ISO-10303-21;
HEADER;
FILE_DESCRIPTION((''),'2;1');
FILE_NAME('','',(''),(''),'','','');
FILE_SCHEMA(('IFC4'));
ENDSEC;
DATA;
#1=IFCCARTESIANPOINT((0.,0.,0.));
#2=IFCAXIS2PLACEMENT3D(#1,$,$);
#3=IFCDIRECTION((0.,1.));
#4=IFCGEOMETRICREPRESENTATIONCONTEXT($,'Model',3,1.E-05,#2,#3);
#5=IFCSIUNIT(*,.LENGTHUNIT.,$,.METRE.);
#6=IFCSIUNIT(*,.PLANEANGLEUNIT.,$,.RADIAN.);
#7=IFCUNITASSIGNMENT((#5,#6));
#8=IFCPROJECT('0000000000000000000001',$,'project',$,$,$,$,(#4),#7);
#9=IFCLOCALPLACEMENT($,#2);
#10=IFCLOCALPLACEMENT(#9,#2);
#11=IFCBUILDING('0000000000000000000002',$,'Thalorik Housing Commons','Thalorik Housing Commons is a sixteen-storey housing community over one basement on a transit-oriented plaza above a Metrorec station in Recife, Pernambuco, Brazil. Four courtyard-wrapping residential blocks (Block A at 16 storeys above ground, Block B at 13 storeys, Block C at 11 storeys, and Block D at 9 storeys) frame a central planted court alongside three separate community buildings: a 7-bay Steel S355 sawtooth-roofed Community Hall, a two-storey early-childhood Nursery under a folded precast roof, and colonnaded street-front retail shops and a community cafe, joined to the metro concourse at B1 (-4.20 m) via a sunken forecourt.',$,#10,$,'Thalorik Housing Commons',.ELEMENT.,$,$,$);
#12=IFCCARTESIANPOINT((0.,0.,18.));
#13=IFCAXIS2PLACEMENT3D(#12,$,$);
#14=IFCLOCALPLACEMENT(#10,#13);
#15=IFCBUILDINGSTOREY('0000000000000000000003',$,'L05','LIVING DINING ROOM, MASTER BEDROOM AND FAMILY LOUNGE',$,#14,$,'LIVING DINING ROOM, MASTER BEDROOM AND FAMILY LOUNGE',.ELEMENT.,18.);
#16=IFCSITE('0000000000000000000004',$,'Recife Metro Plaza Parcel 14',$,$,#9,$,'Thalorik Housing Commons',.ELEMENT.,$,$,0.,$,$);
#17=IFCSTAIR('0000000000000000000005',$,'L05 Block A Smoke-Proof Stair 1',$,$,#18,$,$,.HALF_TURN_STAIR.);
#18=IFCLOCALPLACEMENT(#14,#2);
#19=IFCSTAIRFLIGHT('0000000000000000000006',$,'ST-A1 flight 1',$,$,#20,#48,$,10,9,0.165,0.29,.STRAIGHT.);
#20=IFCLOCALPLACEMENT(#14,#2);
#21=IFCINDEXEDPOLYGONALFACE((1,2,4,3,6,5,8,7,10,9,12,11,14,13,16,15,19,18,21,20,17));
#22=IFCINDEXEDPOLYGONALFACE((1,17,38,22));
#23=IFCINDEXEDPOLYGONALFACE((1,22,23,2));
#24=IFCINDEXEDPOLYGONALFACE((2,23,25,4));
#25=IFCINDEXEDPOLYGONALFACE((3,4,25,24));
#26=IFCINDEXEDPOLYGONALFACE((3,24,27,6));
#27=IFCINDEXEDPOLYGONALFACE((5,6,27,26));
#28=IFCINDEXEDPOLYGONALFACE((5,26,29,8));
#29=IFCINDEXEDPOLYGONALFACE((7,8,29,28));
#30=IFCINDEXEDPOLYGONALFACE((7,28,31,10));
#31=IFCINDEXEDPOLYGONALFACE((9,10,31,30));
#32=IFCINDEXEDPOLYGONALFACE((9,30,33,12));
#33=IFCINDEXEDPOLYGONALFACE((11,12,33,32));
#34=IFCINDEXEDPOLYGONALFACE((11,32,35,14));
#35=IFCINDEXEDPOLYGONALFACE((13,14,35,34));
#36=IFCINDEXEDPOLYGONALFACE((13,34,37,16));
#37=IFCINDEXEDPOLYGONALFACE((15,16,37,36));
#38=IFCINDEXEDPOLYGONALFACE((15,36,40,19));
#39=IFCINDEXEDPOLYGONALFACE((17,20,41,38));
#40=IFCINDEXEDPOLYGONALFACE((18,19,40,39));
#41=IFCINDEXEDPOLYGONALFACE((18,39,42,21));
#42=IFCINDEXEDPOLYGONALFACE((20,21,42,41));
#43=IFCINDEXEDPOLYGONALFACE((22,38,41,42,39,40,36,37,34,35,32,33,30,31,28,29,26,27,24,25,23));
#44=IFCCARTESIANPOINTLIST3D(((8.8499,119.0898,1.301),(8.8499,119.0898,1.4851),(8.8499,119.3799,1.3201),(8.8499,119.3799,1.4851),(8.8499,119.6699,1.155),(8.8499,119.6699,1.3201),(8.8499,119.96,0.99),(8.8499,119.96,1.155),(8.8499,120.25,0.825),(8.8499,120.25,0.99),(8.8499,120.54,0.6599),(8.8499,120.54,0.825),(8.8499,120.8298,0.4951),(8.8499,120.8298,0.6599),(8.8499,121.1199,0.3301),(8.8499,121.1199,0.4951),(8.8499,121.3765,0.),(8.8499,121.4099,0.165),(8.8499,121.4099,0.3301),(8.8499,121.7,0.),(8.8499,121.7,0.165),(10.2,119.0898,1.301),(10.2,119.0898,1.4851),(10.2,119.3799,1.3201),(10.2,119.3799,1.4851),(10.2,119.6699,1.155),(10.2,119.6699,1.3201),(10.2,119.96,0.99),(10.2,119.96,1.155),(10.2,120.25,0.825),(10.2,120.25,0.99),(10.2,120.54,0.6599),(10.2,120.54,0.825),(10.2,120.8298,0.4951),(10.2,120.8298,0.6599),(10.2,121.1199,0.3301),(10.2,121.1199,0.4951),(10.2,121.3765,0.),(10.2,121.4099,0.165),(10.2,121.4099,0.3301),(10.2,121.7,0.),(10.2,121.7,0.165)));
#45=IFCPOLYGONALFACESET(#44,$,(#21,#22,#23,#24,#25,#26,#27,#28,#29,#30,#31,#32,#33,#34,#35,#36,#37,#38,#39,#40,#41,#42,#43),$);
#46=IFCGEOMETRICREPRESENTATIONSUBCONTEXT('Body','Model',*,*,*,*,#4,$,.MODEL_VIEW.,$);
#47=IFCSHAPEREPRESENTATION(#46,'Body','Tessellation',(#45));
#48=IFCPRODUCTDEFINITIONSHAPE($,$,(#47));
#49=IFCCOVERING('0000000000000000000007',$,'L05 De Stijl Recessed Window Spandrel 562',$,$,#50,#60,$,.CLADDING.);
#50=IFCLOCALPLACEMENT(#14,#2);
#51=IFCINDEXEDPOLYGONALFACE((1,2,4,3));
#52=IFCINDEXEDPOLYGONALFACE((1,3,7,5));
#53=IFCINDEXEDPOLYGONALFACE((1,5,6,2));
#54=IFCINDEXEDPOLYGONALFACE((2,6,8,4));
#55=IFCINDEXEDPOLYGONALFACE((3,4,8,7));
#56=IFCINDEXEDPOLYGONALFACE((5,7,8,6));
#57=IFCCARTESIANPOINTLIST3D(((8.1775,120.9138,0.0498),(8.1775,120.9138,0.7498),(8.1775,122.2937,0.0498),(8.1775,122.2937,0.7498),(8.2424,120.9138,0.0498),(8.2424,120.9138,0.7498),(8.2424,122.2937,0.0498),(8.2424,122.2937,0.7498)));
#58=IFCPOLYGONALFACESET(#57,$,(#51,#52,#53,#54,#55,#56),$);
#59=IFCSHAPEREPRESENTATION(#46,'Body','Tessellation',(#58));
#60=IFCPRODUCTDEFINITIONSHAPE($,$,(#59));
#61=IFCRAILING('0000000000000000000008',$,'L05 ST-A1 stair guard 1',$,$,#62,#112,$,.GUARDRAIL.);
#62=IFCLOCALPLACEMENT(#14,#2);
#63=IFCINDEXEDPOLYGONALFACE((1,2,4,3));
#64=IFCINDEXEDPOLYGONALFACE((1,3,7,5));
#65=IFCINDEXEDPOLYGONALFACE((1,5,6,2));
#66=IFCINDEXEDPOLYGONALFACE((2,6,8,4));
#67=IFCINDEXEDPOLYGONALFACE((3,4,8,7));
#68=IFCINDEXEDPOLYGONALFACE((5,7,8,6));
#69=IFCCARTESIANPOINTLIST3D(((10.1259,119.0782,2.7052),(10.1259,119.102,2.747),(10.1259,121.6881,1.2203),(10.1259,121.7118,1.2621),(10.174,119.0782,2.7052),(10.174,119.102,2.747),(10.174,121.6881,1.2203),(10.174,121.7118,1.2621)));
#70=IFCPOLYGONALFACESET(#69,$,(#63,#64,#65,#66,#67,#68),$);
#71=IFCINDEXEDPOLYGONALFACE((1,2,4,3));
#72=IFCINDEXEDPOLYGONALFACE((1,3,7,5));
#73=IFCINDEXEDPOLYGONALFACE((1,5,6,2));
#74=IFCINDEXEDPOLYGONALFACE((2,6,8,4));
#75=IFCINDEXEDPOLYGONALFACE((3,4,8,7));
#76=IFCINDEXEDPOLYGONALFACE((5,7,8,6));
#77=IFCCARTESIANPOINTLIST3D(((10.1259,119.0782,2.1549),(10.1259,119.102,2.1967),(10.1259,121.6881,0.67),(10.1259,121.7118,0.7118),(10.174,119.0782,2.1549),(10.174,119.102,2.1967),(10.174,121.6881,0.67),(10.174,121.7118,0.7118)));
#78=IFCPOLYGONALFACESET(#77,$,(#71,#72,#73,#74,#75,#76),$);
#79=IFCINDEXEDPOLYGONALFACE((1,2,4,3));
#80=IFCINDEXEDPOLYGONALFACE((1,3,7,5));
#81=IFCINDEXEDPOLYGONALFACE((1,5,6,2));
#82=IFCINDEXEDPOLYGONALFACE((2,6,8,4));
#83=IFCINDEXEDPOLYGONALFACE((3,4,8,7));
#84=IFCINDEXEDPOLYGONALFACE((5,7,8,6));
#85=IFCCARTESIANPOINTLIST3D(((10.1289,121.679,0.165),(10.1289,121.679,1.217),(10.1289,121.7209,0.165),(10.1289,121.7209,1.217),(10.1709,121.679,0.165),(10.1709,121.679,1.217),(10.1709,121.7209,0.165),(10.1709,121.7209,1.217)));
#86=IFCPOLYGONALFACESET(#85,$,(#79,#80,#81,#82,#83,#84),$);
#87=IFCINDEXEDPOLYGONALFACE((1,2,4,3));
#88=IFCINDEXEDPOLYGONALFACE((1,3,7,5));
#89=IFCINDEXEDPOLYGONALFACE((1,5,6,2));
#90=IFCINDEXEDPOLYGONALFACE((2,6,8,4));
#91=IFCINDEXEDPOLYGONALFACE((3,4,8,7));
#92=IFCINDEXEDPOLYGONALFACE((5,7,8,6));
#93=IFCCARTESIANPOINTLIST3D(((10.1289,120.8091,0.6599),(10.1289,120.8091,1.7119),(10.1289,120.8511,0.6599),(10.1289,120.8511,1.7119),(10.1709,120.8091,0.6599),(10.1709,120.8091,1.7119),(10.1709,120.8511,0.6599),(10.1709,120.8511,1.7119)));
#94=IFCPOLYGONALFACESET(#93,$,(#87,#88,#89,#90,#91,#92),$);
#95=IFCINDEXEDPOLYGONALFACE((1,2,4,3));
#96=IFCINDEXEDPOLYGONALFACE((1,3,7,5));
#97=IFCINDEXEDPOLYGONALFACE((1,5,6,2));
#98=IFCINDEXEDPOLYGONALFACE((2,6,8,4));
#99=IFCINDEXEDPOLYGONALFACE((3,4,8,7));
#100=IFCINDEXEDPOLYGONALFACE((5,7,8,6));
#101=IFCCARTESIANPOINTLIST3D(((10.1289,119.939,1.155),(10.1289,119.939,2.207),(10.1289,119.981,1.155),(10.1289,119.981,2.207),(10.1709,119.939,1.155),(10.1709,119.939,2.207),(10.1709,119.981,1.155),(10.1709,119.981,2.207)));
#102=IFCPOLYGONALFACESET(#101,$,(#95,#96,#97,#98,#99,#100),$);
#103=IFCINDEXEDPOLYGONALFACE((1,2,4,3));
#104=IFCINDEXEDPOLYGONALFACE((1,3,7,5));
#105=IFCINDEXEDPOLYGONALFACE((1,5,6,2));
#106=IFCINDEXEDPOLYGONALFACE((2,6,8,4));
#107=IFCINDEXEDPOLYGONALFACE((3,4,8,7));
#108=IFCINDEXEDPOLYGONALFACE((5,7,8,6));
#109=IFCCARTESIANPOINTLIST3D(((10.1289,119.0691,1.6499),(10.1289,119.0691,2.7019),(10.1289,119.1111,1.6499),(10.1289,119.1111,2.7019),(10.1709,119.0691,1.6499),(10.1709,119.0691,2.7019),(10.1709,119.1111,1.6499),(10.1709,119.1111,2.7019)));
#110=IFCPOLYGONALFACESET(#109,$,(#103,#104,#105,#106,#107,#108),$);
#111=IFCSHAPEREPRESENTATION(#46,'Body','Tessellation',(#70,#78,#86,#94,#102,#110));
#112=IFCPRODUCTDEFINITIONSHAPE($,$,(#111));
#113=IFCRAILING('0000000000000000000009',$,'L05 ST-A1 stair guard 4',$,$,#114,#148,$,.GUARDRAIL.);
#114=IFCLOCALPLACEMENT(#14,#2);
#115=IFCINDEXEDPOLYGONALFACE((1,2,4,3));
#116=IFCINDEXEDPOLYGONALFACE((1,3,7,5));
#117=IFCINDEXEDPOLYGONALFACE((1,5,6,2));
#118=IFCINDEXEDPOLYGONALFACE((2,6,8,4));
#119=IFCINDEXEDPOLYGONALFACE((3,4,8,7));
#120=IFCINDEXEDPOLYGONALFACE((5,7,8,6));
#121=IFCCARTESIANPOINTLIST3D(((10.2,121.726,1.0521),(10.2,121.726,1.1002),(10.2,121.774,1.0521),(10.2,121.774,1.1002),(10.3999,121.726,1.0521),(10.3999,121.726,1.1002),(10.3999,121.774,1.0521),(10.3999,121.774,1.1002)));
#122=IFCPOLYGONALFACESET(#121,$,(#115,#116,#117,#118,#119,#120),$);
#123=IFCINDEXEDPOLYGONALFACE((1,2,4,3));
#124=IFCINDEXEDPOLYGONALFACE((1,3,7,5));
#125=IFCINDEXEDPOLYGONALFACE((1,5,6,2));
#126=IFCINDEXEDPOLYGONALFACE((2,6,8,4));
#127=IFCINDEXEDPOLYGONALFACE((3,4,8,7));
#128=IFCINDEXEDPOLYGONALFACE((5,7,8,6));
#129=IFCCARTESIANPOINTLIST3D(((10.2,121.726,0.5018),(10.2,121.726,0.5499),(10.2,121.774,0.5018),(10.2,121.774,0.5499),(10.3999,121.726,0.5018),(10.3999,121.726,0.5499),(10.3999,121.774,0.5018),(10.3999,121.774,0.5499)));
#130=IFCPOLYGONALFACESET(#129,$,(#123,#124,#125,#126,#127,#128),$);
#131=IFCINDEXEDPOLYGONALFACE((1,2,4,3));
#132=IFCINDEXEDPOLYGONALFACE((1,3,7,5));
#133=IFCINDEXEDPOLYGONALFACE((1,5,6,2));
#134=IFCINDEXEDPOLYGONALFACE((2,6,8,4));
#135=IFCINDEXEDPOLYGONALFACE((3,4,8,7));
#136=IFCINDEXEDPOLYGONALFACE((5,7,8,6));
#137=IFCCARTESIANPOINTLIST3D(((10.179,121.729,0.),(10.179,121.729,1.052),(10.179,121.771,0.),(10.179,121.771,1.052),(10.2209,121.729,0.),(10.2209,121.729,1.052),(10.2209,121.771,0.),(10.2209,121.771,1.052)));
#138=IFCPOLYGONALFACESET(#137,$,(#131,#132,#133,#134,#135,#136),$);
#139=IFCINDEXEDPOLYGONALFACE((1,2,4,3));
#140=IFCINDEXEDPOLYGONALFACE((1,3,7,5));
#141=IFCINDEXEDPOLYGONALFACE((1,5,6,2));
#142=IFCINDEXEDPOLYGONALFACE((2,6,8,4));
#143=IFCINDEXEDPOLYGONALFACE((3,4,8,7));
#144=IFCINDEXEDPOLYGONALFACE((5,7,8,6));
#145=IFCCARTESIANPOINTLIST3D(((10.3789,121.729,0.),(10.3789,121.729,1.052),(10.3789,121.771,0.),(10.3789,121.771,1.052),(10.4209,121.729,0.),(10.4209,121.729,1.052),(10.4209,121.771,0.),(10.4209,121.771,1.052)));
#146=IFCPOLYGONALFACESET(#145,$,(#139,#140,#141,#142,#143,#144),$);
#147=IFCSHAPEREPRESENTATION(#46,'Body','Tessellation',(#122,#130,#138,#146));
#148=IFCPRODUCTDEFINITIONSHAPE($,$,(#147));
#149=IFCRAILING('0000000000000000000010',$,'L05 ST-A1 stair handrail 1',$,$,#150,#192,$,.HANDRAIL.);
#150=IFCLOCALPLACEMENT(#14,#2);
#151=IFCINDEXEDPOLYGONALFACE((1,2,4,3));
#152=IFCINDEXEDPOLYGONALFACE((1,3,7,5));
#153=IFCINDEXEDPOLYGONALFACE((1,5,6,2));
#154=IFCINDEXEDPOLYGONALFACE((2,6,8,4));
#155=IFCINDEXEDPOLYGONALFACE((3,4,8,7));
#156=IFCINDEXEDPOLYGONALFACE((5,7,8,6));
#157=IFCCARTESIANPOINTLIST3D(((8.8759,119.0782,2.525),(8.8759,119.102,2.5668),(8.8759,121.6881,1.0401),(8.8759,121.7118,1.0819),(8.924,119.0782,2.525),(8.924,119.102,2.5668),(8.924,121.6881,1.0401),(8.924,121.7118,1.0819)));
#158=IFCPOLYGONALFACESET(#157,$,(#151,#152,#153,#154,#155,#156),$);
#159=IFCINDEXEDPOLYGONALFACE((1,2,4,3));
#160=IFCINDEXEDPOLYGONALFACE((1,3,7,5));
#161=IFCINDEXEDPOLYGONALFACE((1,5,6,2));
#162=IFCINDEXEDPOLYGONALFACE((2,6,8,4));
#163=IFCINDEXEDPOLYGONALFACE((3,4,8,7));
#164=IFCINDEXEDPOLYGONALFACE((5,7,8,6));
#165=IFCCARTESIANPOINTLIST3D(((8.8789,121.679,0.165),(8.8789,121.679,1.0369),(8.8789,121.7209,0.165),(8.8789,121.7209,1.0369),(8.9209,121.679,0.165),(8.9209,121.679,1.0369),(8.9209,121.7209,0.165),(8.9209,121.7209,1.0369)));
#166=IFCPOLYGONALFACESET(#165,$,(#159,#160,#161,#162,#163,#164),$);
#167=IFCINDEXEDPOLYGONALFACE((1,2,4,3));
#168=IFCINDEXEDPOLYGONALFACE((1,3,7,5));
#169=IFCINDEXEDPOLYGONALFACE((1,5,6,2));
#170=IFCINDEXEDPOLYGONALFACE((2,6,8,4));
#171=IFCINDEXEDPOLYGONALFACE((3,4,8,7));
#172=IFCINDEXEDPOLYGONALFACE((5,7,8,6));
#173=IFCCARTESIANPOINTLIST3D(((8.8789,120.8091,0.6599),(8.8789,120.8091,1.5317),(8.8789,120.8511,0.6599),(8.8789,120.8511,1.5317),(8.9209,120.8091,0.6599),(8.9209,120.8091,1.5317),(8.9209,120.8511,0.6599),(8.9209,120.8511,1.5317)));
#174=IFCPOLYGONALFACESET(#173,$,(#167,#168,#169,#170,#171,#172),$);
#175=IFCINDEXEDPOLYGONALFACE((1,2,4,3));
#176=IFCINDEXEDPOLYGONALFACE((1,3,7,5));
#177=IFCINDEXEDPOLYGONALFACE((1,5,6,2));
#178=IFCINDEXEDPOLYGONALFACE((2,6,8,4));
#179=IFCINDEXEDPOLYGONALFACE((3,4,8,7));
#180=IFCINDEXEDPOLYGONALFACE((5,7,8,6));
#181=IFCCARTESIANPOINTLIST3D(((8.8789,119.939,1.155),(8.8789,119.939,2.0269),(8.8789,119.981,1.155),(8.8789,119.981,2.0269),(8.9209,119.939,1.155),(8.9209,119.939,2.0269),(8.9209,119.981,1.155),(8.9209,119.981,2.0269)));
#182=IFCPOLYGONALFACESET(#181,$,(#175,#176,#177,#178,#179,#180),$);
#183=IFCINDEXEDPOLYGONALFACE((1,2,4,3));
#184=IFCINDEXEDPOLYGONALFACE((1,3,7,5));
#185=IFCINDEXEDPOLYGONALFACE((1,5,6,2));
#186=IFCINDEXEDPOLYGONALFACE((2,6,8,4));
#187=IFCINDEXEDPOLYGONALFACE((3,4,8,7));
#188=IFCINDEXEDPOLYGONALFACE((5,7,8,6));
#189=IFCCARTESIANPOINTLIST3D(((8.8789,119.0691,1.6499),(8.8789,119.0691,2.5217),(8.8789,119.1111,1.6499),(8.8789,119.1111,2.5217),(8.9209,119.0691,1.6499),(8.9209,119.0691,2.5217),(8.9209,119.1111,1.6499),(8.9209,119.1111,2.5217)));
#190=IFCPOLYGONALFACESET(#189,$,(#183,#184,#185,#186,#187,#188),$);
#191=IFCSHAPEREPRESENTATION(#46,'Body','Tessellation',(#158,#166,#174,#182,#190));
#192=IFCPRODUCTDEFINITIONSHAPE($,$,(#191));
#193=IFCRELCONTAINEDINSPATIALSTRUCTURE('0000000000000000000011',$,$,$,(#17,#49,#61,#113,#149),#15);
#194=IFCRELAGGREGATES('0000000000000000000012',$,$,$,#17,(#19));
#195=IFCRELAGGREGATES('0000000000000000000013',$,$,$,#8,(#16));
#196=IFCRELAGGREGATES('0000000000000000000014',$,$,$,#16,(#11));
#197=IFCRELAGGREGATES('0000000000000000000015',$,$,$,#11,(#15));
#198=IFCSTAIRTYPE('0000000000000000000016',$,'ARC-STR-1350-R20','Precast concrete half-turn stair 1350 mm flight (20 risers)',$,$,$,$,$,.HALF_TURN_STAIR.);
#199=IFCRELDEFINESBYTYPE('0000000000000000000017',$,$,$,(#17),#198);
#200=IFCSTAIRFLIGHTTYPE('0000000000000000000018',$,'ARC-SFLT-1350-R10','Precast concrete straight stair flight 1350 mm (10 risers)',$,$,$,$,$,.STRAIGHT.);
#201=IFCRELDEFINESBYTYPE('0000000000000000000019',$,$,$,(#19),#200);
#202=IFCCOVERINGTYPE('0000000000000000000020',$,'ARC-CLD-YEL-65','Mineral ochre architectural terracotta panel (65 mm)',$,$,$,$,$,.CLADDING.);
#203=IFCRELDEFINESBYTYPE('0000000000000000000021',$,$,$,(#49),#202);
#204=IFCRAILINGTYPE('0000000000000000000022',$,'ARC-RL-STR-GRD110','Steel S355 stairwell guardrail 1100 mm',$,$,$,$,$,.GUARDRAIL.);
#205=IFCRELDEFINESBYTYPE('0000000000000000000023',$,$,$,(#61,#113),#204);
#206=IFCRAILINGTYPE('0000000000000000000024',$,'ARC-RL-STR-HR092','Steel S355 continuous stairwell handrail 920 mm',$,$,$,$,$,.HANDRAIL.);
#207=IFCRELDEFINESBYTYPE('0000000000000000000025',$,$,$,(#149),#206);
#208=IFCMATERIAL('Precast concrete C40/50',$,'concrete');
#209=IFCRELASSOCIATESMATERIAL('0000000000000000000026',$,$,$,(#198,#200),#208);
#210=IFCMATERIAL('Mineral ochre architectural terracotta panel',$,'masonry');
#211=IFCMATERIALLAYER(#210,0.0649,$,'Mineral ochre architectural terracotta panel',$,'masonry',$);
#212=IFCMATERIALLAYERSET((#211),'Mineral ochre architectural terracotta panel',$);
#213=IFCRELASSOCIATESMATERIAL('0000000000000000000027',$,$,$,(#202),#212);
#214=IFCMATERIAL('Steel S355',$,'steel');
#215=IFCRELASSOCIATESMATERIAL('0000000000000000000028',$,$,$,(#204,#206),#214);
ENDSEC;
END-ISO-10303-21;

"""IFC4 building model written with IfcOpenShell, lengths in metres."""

from ifc_helpers import new_model, si_unit, direction, frame, origin, origin_2d, place, context, subcontext, project, spatial, polyline, rectangle, outline, extrude, material, layer, layer_set, type_object, element, aggregate, save


model = new_model("IFC4")

# Units and contexts
model_context = context("Model", 3, precision=1e-05, world=origin(), true_north=direction((0.0, 1.0)))
body_context = subcontext(model_context, "Body", "Model", "MODEL_VIEW")
ifc_project = project(units=[si_unit("LENGTHUNIT", "METRE"), si_unit("PLANEANGLEUNIT", "RADIAN")], contexts=[model_context])

# Site, building, storey
site_placement = place(None, origin())
site = spatial("IfcSite", under=ifc_project, at=site_placement, Name="Recife Metro Plaza Parcel 14", LongName="Thalorik Housing Commons", CompositionType="ELEMENT", RefElevation=0.0)
building_placement = place(site_placement, origin())
building = spatial("IfcBuilding", under=site, at=building_placement, Name="Thalorik Housing Commons", Description="Thalorik Housing Commons is a sixteen-storey housing community over one basement on a transit-oriented plaza above a Metrorec station in Recife, Pernambuco, Brazil. Four courtyard-wrapping residential blocks (Block A at 16 storeys above ground, Block B at 13 storeys, Block C at 11 storeys, and Block D at 9 storeys) frame a central planted court alongside three separate community buildings: a 7-bay Steel S355 sawtooth-roofed Community Hall, a two-storey early-childhood Nursery under a folded precast roof, and colonnaded street-front retail shops and a community cafe, joined to the metro concourse at B1 (-4.20 m) via a sunken forecourt.", LongName="Thalorik Housing Commons", CompositionType="ELEMENT")
storey_placement = place(building_placement, frame((0.0, 0.0, 18.0)))
storey = spatial("IfcBuildingStorey", under=building, at=storey_placement, Name="L05", Description="LIVING DINING ROOM, MASTER BEDROOM AND FAMILY LOUNGE", LongName="LIVING DINING ROOM, MASTER BEDROOM AND FAMILY LOUNGE", CompositionType="ELEMENT", Elevation=18.0)

# Shared definitions
ifc_material_1 = material(Name="Precast concrete C40/50", Category="concrete")

# Shared definitions
ifc_material_2 = material(Name="Steel S355", Category="steel")

# Stair, stair flight
stair_type = type_object("IfcStairType", Name="ARC-STR-1350-R20", Description="Precast concrete half-turn stair 1350 mm flight (20 risers)", PredefinedType="HALF_TURN_STAIR", material=ifc_material_1)
stair_placement = place(storey_placement, origin())
stair = element("IfcStair", 1, at=stair_placement, inside=storey, type_object=stair_type, Name="L05 Block A Smoke-Proof Stair 1", PredefinedType="HALF_TURN_STAIR")
stair_flight_type = type_object("IfcStairFlightType", Name="ARC-SFLT-1350-R10", Description="Precast concrete straight stair flight 1350 mm (10 risers)", PredefinedType="STRAIGHT", material=ifc_material_1)
stair_flight_placement = place(storey_placement, frame((9.5249, 121.7, 0.0), z_axis=(0.0, 0.0, 1.0), x_axis=(0.0, -1.0, 0.0)))
stair_flight = element("IfcStairFlight", 2, at=stair_flight_placement, type_object=stair_flight_type, Name="ST-A1 flight 1", NumberOfRisers=10, NumberOfTreads=9, PredefinedType="STRAIGHT", RiserHeight=0.165, TreadLength=0.29, context=body_context, shape_type="SweptSolid", body=[
    extrude(outline(polyline([(0.0, 0.0), (0.0, 0.165), (0.29, 0.165), (0.29, 0.3301), (0.5801, 0.3301), (0.5801, 0.4951), (0.8701, 0.4951), (0.8701, 0.6599), (1.1599, 0.6599), (1.1599, 0.825), (1.45, 0.825), (1.45, 0.99), (1.74, 0.99), (1.74, 1.155), (2.03, 1.155), (2.03, 1.3201), (2.3201, 1.3201), (2.3201, 1.4851), (2.6101, 1.4851), (2.6101, 1.6499), (2.6101, 1.301), (0.3235, 0.0), (0.0, 0.0)])), frame((0.0, 0.675, 0.0), z_axis=(0.0, -1.0, 0.0), x_axis=(1.0, 0.0, 0.0)), (0.0, 0.0, 1.0), 1.3501),
])
aggregate(stair, [stair_flight])

# Covering
ifc_material_3 = material(Name="Mineral ochre architectural terracotta panel", Category="masonry")
ifc_layer_1 = layer(ifc_material_3, 0.0649, Name="Mineral ochre architectural terracotta panel", Category="masonry")
ifc_layer_set_1 = layer_set([ifc_layer_1], Name="Mineral ochre architectural terracotta panel")
covering_type = type_object("IfcCoveringType", Name="ARC-CLD-YEL-65", Description="Mineral ochre architectural terracotta panel (65 mm)", PredefinedType="CLADDING", material=ifc_layer_set_1)
covering_placement = place(storey_placement, frame((8.21, 121.6038, 0.0498), z_axis=(0.0, 0.0, 1.0), x_axis=(0.0, -1.0, 0.0)))
element("IfcCovering", 3, at=covering_placement, inside=storey, type_object=covering_type, Name="L05 De Stijl Recessed Window Spandrel 562", PredefinedType="CLADDING", context=body_context, shape_type="SweptSolid", body=[
    extrude(rectangle(XDim=1.3799, YDim=0.0649, at=origin_2d()), origin(), (0.0, 0.0, 1.0), 0.7),
])

# Railings
railing_type_1 = type_object("IfcRailingType", Name="ARC-RL-STR-GRD110", Description="Steel S355 stairwell guardrail 1100 mm", PredefinedType="GUARDRAIL", material=ifc_material_2)
railing_1_placement = place(storey_placement, frame((10.1499, 121.7, 0.165)))
element("IfcRailing", 4, at=railing_1_placement, inside=storey, type_object=railing_type_1, Name="L05 ST-A1 stair guard 1", PredefinedType="GUARDRAIL", context=body_context, shape_type="SweptSolid", body=[
    extrude(rectangle(XDim=0.0481, YDim=0.0481, at=origin_2d()), frame((0.0, 0.0, 1.0762), z_axis=(0.0, -0.869172, 0.494509), x_axis=(1.0, 0.0, 0.0)), (0.0, 0.0, 1.0), 3.0027),
    extrude(rectangle(XDim=0.0481, YDim=0.0481, at=origin_2d()), frame((0.0, 0.0, 0.5259), z_axis=(0.0, -0.869172, 0.494509), x_axis=(1.0, 0.0, 0.0)), (0.0, 0.0, 1.0), 3.0027),
    extrude(rectangle(XDim=0.042, YDim=0.042, at=origin_2d()), origin(), (0.0, 0.0, 1.0), 1.052),
    extrude(rectangle(XDim=0.042, YDim=0.042, at=origin_2d()), frame((0.0, -0.8699, 0.4949)), (0.0, 0.0, 1.0), 1.052),
    extrude(rectangle(XDim=0.042, YDim=0.042, at=origin_2d()), frame((0.0, -1.74, 0.99)), (0.0, 0.0, 1.0), 1.052),
    extrude(rectangle(XDim=0.042, YDim=0.042, at=origin_2d()), frame((0.0, -2.6099, 1.4849)), (0.0, 0.0, 1.0), 1.052),
])
railing_2_placement = place(storey_placement, frame((10.2, 121.75, 0.0)))
element("IfcRailing", 5, at=railing_2_placement, inside=storey, type_object=railing_type_1, Name="L05 ST-A1 stair guard 4", PredefinedType="GUARDRAIL", context=body_context, shape_type="SweptSolid", body=[
    extrude(rectangle(XDim=0.0481, YDim=0.0481, at=origin_2d()), frame((0.0, 0.0, 1.0762), z_axis=(1.0, 0.0, 0.0), x_axis=(0.0, 1.0, 0.0)), (0.0, 0.0, 1.0), 0.2),
    extrude(rectangle(XDim=0.0481, YDim=0.0481, at=origin_2d()), frame((0.0, 0.0, 0.5259), z_axis=(1.0, 0.0, 0.0), x_axis=(0.0, 1.0, 0.0)), (0.0, 0.0, 1.0), 0.2),
    extrude(rectangle(XDim=0.042, YDim=0.042, at=origin_2d()), origin(), (0.0, 0.0, 1.0), 1.052),
    extrude(rectangle(XDim=0.042, YDim=0.042, at=origin_2d()), frame((0.2, 0.0, 0.0)), (0.0, 0.0, 1.0), 1.052),
])
railing_type_2 = type_object("IfcRailingType", Name="ARC-RL-STR-HR092", Description="Steel S355 continuous stairwell handrail 920 mm", PredefinedType="HANDRAIL", material=ifc_material_2)
railing_3_placement = place(storey_placement, frame((8.8999, 121.7, 0.165)))
element("IfcRailing", 6, at=railing_3_placement, inside=storey, type_object=railing_type_2, Name="L05 ST-A1 stair handrail 1", PredefinedType="HANDRAIL", context=body_context, shape_type="SweptSolid", body=[
    extrude(rectangle(XDim=0.0481, YDim=0.0481, at=origin_2d()), frame((0.0, 0.0, 0.896), z_axis=(0.0, -0.869172, 0.494509), x_axis=(1.0, 0.0, 0.0)), (0.0, 0.0, 1.0), 3.0027),
    extrude(rectangle(XDim=0.042, YDim=0.042, at=origin_2d()), origin(), (0.0, 0.0, 1.0), 0.8718),
    extrude(rectangle(XDim=0.042, YDim=0.042, at=origin_2d()), frame((0.0, -0.8699, 0.4949)), (0.0, 0.0, 1.0), 0.8718),
    extrude(rectangle(XDim=0.042, YDim=0.042, at=origin_2d()), frame((0.0, -1.74, 0.99)), (0.0, 0.0, 1.0), 0.8718),
    extrude(rectangle(XDim=0.042, YDim=0.042, at=origin_2d()), frame((0.0, -2.6099, 1.4849)), (0.0, 0.0, 1.0), 0.8718),
])

save(model, "model.ifc")
